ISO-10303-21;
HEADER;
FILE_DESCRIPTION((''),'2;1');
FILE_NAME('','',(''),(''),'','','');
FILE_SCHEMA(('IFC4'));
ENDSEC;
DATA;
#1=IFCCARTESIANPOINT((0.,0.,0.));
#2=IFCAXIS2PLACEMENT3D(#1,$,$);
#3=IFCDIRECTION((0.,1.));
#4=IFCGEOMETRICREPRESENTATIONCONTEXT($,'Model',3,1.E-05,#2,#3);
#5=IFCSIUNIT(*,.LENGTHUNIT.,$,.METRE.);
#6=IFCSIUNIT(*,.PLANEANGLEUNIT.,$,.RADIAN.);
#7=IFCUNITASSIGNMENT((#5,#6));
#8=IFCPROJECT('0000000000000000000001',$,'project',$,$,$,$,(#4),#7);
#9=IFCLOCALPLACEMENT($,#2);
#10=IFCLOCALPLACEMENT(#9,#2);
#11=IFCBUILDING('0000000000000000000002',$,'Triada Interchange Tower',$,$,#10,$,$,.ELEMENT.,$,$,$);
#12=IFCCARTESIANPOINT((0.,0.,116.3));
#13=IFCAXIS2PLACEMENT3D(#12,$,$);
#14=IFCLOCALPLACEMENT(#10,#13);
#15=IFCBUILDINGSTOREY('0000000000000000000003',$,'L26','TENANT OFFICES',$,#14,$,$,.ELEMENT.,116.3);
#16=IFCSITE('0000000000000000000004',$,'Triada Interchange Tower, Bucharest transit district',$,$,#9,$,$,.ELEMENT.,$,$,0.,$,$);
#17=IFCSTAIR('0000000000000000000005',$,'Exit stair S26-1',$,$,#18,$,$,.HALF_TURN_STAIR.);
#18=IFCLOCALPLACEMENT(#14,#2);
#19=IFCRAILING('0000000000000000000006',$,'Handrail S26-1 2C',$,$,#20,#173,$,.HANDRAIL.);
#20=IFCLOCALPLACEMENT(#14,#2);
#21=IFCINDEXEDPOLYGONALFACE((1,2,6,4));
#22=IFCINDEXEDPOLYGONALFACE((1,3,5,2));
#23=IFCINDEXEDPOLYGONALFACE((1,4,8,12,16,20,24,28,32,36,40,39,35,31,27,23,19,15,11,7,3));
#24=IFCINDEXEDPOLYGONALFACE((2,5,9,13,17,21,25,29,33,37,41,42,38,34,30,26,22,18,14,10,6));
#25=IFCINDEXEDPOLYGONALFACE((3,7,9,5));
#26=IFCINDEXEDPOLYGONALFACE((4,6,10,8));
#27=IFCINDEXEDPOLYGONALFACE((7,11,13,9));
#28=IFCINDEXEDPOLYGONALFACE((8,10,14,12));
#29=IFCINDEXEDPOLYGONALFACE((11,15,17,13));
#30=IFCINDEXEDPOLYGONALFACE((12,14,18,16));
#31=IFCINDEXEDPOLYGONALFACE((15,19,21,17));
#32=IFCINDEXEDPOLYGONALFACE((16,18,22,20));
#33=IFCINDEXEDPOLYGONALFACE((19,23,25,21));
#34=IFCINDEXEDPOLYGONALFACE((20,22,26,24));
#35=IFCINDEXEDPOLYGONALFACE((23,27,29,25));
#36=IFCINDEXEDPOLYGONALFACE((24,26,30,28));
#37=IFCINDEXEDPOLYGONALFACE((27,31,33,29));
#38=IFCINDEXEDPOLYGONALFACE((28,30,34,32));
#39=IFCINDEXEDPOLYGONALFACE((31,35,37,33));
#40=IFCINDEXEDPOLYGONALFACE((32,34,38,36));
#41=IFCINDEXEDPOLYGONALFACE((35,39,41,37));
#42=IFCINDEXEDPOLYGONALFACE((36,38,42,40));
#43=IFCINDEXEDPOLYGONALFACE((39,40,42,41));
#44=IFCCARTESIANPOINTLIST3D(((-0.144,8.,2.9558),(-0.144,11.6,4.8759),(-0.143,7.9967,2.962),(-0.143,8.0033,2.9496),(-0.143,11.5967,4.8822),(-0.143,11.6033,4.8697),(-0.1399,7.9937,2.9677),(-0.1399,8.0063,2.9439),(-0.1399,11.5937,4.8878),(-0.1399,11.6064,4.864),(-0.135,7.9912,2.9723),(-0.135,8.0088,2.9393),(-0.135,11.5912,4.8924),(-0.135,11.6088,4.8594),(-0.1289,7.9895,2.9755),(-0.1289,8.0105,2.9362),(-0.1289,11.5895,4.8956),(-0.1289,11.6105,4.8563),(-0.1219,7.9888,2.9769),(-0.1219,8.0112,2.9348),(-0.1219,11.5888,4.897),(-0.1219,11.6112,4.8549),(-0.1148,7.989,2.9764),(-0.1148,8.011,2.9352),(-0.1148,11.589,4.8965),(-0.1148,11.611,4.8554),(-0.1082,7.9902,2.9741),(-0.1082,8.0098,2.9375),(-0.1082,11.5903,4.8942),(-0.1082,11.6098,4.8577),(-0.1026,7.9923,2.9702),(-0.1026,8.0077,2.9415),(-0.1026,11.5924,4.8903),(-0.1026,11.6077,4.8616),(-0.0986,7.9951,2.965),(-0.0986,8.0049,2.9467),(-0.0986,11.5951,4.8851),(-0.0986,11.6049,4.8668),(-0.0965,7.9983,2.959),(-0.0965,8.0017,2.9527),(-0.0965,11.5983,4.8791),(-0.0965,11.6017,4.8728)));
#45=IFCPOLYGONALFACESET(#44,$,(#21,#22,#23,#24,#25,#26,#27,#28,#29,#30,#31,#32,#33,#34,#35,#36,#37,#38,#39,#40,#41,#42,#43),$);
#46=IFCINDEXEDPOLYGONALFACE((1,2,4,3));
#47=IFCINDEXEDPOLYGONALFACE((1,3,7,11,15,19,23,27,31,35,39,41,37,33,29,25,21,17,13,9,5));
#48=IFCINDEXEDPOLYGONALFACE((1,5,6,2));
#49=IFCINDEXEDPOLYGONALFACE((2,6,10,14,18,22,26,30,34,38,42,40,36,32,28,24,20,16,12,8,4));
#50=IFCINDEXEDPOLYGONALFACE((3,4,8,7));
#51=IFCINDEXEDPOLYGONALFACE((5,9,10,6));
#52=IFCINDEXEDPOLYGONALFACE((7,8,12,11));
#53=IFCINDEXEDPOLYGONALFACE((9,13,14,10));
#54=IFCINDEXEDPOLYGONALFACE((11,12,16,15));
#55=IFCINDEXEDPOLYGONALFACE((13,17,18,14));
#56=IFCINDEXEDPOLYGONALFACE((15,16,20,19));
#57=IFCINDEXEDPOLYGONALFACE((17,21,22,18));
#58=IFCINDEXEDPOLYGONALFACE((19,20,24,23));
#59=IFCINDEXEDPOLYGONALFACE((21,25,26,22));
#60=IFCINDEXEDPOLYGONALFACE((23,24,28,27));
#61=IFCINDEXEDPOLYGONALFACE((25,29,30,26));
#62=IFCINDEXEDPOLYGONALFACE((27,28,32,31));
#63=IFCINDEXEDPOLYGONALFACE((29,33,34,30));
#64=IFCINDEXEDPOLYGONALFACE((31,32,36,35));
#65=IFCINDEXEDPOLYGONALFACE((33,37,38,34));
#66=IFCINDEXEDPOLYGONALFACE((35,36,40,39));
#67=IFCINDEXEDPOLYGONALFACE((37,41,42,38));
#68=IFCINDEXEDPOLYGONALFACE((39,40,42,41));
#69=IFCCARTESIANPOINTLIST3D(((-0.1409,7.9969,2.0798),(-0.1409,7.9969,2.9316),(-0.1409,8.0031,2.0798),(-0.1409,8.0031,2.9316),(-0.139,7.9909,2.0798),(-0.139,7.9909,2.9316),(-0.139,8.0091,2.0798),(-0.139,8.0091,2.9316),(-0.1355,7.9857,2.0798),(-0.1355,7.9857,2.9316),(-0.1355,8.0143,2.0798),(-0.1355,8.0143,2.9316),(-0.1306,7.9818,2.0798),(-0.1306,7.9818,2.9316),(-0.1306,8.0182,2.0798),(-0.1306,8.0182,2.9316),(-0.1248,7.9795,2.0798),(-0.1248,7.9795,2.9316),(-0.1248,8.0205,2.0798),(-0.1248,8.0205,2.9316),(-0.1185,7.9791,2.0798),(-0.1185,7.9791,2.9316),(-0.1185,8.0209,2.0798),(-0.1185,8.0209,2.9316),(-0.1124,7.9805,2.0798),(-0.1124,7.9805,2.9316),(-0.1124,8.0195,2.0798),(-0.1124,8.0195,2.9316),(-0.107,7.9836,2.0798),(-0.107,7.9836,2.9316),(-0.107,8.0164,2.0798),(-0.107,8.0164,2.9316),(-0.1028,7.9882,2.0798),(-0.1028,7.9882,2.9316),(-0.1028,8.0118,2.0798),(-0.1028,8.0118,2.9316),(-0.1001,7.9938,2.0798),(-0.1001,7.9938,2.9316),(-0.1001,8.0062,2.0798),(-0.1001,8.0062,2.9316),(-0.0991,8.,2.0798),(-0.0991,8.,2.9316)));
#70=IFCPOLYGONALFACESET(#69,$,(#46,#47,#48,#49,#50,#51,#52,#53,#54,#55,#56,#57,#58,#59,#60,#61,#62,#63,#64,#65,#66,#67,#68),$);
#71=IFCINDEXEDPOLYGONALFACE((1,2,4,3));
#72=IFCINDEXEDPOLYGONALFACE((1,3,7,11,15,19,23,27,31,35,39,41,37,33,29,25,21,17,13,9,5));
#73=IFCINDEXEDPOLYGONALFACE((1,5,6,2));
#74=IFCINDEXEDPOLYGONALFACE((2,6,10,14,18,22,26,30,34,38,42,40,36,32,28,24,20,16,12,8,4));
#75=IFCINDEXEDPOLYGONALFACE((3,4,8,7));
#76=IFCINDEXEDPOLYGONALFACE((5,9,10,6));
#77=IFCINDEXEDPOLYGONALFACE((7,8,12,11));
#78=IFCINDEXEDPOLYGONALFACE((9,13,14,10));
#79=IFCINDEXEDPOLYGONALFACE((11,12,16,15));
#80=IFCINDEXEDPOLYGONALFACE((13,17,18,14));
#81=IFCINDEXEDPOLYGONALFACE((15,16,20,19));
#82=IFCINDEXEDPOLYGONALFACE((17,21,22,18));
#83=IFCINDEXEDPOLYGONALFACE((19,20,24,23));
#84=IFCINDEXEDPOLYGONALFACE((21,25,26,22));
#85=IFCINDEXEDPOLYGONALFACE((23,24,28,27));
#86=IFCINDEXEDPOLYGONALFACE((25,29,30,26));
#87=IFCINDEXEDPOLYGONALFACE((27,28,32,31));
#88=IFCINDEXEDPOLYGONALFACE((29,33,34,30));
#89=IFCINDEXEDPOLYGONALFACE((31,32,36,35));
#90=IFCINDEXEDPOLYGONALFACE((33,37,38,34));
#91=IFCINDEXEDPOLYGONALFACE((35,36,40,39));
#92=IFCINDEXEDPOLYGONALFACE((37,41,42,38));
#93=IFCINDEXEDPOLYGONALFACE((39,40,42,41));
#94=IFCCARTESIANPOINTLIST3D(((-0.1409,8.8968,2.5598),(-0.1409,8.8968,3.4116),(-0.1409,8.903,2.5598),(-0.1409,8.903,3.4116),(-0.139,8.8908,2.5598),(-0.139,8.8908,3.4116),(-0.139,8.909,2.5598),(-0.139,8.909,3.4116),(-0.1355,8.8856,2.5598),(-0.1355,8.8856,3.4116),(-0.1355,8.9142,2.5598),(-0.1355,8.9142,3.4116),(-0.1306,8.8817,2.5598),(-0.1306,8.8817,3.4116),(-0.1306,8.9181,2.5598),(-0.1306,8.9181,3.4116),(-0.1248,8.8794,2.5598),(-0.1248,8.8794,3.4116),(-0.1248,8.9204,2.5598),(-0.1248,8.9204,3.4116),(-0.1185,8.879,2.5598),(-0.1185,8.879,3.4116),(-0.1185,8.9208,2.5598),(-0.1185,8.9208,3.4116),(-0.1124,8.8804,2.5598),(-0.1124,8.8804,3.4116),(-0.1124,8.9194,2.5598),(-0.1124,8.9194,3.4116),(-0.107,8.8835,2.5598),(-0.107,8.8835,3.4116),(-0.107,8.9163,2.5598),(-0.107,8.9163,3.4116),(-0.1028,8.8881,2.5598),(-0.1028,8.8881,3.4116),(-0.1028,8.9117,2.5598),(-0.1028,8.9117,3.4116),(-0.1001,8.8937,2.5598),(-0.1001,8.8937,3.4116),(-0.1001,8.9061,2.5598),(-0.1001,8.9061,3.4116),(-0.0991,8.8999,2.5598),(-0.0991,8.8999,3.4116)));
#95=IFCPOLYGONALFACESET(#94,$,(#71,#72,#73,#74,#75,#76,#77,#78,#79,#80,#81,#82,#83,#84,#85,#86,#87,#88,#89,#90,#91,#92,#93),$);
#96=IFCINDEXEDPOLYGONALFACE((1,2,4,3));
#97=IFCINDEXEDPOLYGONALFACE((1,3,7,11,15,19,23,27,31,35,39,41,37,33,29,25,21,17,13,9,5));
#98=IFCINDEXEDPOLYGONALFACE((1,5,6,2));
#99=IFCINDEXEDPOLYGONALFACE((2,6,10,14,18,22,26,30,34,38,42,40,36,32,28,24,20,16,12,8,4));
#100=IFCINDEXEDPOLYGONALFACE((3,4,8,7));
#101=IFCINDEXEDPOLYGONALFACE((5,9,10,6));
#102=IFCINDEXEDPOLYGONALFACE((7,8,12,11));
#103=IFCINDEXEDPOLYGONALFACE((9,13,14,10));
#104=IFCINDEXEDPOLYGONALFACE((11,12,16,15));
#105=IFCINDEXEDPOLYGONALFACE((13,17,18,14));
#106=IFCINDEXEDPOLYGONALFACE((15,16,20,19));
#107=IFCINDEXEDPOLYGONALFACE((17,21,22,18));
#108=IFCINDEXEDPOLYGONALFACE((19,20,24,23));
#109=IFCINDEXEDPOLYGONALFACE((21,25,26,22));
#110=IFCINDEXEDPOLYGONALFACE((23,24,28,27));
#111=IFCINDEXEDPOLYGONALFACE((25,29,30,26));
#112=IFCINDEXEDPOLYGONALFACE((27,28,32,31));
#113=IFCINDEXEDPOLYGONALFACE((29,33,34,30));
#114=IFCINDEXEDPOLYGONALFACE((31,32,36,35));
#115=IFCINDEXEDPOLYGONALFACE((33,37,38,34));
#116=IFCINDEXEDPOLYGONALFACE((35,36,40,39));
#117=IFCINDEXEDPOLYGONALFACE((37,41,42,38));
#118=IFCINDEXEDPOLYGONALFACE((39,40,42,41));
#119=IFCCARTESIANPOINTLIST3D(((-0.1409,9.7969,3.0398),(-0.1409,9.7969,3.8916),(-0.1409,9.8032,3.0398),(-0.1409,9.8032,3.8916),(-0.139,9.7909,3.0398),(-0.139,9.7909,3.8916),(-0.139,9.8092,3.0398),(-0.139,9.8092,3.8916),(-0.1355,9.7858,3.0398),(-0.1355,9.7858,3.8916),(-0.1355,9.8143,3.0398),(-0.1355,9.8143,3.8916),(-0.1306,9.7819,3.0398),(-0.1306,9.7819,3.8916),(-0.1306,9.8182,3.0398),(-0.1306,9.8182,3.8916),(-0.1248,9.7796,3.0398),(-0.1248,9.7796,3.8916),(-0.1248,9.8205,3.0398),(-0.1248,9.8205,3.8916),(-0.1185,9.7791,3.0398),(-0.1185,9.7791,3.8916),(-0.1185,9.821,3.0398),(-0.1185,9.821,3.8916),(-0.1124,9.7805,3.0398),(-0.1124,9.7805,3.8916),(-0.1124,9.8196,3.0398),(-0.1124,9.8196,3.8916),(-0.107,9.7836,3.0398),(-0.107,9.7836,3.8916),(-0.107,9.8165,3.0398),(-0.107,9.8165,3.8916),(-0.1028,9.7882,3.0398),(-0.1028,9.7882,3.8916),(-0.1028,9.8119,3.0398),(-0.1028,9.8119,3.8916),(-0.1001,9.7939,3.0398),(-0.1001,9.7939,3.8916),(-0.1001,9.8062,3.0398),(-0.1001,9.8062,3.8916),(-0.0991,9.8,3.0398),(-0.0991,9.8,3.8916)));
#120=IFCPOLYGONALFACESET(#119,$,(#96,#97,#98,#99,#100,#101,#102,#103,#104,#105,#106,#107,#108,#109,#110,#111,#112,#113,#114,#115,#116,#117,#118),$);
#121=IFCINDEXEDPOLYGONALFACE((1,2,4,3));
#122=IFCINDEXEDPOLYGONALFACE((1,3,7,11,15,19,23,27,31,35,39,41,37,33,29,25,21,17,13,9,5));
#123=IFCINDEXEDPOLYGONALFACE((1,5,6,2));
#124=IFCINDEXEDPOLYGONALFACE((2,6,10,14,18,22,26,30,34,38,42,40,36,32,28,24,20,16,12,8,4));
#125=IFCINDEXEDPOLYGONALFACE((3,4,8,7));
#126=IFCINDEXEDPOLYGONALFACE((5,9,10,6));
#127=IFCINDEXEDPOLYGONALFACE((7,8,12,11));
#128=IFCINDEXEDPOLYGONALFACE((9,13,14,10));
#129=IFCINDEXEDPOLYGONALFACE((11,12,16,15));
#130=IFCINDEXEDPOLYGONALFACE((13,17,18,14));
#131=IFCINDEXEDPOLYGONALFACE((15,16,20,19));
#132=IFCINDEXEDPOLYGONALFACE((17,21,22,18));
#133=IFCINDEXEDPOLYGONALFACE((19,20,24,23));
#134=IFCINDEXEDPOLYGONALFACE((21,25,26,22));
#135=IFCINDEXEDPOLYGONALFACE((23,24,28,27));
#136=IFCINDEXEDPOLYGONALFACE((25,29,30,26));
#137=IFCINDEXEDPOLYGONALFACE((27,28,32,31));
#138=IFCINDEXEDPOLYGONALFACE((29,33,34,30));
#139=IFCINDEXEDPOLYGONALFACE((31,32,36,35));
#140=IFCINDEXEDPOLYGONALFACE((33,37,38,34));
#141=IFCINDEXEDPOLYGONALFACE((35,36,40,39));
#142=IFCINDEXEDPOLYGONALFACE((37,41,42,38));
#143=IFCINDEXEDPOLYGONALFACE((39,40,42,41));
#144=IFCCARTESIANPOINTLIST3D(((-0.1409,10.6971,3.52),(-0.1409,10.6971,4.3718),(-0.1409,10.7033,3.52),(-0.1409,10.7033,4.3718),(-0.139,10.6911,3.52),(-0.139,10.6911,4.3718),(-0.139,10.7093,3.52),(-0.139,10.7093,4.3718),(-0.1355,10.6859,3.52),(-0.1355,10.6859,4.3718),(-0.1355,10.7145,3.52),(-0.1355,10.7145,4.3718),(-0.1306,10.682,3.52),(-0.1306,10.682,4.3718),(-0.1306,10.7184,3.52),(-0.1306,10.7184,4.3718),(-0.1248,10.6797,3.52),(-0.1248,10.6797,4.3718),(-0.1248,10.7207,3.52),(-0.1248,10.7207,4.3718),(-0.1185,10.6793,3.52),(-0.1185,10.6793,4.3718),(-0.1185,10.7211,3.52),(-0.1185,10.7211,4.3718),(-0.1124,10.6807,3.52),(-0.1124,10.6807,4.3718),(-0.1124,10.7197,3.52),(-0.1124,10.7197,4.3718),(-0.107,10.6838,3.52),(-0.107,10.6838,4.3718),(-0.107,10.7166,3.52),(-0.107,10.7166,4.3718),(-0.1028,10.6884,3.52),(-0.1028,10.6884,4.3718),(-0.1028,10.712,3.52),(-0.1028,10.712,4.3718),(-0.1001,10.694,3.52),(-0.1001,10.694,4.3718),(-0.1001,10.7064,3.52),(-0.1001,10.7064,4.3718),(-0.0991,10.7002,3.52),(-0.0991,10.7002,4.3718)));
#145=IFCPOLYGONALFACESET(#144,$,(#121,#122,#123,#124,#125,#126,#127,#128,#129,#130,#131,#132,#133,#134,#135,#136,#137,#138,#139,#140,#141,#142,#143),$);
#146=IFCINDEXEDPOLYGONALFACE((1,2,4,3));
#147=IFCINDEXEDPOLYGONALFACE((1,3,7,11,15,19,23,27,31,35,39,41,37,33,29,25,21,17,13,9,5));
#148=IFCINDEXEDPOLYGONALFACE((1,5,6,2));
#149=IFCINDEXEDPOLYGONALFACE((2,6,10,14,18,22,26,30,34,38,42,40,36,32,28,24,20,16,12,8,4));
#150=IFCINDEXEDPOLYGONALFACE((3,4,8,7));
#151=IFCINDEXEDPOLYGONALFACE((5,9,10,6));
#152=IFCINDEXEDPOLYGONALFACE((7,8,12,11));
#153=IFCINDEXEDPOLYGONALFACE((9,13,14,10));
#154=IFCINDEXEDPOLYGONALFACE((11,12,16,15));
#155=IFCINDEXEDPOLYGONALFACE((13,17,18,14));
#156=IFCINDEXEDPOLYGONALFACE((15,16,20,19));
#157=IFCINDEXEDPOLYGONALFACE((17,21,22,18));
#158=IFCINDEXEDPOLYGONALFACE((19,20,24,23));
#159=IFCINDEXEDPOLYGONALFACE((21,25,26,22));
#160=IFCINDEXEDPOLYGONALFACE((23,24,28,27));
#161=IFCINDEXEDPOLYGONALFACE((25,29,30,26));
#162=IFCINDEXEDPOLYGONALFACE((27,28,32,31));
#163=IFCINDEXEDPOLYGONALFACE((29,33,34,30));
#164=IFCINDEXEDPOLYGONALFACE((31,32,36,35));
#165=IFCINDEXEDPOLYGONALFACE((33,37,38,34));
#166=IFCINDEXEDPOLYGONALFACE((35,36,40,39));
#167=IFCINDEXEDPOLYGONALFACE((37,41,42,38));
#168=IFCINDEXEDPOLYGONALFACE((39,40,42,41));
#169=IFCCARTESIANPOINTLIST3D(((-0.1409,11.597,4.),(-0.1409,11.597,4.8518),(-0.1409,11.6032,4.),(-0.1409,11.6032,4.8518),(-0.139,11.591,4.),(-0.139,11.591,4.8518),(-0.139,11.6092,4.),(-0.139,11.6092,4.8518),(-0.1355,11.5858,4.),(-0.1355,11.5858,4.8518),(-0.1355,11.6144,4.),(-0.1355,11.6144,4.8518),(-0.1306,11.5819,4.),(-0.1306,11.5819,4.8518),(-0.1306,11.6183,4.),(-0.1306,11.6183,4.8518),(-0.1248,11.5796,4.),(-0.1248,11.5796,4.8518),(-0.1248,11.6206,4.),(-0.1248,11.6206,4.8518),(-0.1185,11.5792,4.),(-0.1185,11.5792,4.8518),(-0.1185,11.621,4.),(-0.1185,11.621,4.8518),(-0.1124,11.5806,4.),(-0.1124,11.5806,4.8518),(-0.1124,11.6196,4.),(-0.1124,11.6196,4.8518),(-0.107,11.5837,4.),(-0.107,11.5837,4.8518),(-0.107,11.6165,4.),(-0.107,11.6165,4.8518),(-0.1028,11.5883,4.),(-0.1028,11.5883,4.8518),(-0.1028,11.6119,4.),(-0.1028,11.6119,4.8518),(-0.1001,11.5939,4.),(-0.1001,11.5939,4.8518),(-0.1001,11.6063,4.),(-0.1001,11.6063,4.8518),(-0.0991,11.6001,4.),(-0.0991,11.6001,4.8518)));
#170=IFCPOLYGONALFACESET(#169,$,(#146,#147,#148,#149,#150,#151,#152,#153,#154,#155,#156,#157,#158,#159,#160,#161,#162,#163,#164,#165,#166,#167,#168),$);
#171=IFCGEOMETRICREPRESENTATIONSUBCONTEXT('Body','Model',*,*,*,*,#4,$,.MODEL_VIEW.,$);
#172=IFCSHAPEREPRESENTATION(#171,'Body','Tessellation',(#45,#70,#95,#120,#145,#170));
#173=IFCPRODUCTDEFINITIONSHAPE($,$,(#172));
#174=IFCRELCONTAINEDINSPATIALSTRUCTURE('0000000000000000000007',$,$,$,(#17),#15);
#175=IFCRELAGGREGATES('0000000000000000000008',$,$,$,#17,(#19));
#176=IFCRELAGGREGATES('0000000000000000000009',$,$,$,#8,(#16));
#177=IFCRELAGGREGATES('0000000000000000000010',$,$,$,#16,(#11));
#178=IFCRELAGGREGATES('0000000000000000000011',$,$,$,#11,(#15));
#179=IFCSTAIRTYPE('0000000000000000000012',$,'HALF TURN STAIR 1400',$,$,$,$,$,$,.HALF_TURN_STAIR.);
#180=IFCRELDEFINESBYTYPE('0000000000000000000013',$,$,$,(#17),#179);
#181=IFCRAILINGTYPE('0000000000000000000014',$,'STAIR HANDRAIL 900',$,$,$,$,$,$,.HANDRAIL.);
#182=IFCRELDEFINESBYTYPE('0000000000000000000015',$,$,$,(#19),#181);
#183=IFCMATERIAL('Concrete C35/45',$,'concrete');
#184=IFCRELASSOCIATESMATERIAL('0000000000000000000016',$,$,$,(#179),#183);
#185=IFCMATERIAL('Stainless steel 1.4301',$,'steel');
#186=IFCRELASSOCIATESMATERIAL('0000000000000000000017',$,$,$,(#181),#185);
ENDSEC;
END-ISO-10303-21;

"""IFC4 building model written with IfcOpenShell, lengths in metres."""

from ifc_helpers import new_model, si_unit, direction, frame, origin, origin_2d, place, context, subcontext, project, spatial, circle, extrude, material, type_object, element, aggregate, save


model = new_model("IFC4")

# Units and contexts
model_context = context("Model", 3, precision=1e-05, world=origin(), true_north=direction((0.0, 1.0)))
body_context = subcontext(model_context, "Body", "Model", "MODEL_VIEW")
ifc_project = project(units=[si_unit("LENGTHUNIT", "METRE"), si_unit("PLANEANGLEUNIT", "RADIAN")], contexts=[model_context])

# Site, building, storey
site_placement = place(None, origin())
site = spatial("IfcSite", under=ifc_project, at=site_placement, Name="Triada Interchange Tower, Bucharest transit district", CompositionType="ELEMENT", RefElevation=0.0)
building_placement = place(site_placement, origin())
building = spatial("IfcBuilding", under=site, at=building_placement, Name="Triada Interchange Tower", CompositionType="ELEMENT")
storey_placement = place(building_placement, frame((0.0, 0.0, 116.3)))
storey = spatial("IfcBuildingStorey", under=building, at=storey_placement, Name="L26", Description="TENANT OFFICES", CompositionType="ELEMENT", Elevation=116.3)

# Stair, railing
ifc_material_1 = material(Name="Concrete C35/45", Category="concrete")
stair_type = type_object("IfcStairType", Name="HALF TURN STAIR 1400", PredefinedType="HALF_TURN_STAIR", material=ifc_material_1)
stair_placement = place(storey_placement, origin())
stair = element("IfcStair", 1, at=stair_placement, inside=storey, type_object=stair_type, Name="Exit stair S26-1", PredefinedType="HALF_TURN_STAIR")
ifc_material_2 = material(Name="Stainless steel 1.4301", Category="steel")
railing_type = type_object("IfcRailingType", Name="STAIR HANDRAIL 900", PredefinedType="HANDRAIL", material=ifc_material_2)
railing_1_placement = place(storey_placement, frame((-0.1201, 8.0, 2.0798)))
railing_1 = element("IfcRailing", 2, at=railing_1_placement, type_object=railing_type, Name="Handrail S26-1 2C", PredefinedType="HANDRAIL", context=body_context, shape_type="SweptSolid", body=[
    extrude(circle(Radius=0.0239, at=origin_2d()), frame((0.0, 0.0, 0.876), z_axis=(0.0, 0.882341, 0.47061), x_axis=(-1.0, 0.0, 0.0)), (0.0, 0.0, 1.0), 4.0801),
    extrude(circle(Radius=0.021, at=origin_2d()), origin(), (0.0, 0.0, 1.0), 0.8518),
    extrude(circle(Radius=0.021, at=origin_2d()), frame((0.0, 0.8999, 0.48)), (0.0, 0.0, 1.0), 0.8518),
    extrude(circle(Radius=0.021, at=origin_2d()), frame((0.0, 1.8, 0.96)), (0.0, 0.0, 1.0), 0.8518),
    extrude(circle(Radius=0.021, at=origin_2d()), frame((0.0, 2.7002, 1.4402)), (0.0, 0.0, 1.0), 0.8518),
    extrude(circle(Radius=0.021, at=origin_2d()), frame((0.0, 3.6001, 1.9202)), (0.0, 0.0, 1.0), 0.8518),
])
aggregate(stair, [railing_1])

save(model, "model.ifc")
